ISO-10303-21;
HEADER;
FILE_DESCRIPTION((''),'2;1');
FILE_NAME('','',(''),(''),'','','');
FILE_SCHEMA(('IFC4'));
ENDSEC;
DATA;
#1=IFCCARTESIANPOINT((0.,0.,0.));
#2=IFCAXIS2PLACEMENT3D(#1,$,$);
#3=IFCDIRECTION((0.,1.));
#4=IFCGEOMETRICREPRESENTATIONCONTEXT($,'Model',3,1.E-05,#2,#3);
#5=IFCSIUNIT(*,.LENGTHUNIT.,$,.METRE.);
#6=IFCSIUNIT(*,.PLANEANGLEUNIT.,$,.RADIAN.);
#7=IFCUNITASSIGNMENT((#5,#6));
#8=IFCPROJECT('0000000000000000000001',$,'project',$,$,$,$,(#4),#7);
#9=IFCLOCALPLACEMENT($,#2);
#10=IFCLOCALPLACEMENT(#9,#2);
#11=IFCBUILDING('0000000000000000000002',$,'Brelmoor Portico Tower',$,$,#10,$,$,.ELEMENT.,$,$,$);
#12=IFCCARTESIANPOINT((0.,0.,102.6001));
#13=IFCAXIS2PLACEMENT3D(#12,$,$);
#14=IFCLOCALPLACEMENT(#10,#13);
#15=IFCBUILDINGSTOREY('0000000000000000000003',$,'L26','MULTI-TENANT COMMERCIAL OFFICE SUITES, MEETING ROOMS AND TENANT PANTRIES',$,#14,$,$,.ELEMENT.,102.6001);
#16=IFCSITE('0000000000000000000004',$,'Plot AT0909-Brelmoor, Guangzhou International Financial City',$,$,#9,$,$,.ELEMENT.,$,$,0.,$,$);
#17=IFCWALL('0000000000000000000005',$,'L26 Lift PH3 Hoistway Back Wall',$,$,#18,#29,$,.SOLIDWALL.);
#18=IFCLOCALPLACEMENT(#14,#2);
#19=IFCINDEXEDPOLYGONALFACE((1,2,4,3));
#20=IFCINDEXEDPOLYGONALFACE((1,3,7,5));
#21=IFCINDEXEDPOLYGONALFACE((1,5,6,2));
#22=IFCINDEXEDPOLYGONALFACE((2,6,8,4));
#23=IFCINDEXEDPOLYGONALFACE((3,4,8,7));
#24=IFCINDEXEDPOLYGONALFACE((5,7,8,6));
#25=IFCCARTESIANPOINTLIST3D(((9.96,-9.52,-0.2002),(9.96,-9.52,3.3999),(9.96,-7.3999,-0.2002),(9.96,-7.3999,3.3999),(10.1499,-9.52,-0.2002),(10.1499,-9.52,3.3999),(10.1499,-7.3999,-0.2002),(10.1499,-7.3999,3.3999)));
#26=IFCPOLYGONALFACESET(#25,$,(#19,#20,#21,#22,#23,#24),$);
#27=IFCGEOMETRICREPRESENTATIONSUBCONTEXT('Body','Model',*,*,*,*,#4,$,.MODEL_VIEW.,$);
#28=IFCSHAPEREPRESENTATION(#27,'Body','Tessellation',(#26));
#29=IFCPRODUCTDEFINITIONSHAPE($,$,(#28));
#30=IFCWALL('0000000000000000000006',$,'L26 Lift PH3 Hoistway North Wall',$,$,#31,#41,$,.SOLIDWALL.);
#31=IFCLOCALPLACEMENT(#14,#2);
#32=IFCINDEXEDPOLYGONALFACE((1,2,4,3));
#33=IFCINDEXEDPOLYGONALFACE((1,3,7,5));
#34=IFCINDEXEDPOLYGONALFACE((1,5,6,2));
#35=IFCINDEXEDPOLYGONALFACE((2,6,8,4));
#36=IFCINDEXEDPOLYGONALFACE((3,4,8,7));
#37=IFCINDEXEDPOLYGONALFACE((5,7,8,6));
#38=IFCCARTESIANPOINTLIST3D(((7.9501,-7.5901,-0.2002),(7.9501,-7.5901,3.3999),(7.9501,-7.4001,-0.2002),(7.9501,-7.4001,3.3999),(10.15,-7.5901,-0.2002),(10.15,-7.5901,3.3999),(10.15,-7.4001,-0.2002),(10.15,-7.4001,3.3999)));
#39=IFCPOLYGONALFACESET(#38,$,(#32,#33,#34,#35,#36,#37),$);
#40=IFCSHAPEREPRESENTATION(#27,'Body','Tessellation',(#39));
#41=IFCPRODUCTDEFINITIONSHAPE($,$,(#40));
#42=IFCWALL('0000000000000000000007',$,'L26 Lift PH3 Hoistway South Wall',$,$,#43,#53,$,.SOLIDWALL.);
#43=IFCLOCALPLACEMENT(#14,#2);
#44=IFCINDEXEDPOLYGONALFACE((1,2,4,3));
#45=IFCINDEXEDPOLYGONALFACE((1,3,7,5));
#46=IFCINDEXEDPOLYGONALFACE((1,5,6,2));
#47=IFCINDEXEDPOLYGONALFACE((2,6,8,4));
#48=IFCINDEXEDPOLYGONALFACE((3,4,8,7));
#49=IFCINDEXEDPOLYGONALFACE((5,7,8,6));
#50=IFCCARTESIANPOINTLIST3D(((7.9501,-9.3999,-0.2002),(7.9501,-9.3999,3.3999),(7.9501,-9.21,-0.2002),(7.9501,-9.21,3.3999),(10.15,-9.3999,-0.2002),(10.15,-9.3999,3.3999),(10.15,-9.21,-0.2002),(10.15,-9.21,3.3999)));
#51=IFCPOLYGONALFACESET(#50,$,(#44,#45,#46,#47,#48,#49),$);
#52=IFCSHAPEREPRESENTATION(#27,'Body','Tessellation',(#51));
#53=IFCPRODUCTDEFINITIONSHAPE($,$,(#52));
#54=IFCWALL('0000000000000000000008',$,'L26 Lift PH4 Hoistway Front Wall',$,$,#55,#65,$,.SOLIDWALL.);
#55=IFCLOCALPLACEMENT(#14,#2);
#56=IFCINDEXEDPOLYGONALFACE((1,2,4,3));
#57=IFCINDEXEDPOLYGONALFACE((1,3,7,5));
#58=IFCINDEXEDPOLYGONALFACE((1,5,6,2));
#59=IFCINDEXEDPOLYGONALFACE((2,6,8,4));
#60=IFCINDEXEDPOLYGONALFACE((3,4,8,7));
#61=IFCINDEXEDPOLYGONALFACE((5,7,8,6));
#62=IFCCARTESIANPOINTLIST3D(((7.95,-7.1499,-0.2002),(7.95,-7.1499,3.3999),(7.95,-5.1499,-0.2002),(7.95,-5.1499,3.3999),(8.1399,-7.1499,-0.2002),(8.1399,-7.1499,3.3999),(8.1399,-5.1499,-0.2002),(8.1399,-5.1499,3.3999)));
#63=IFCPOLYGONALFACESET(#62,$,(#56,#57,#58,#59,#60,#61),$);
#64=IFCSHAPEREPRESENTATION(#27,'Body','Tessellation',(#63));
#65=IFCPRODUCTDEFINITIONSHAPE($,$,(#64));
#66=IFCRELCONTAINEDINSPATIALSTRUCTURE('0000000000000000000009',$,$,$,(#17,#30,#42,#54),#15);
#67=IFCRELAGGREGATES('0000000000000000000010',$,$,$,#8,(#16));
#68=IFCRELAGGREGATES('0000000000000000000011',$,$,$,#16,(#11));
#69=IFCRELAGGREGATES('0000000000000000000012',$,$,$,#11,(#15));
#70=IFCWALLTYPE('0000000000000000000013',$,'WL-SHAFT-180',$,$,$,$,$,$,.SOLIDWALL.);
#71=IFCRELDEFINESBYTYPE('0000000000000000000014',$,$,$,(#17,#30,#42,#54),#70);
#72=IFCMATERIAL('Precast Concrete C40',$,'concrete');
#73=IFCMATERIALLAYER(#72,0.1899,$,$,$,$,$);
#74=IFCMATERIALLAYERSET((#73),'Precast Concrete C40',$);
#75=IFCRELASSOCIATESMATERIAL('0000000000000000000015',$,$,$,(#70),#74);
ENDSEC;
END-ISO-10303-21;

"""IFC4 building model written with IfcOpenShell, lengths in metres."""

from ifc_helpers import new_model, si_unit, direction, frame, frame_2d, origin, place, context, subcontext, project, spatial, rectangle, extrude, material, layer, layer_set, type_object, element, save


model = new_model("IFC4")

# Units and contexts
model_context = context("Model", 3, precision=1e-05, world=origin(), true_north=direction((0.0, 1.0)))
body_context = subcontext(model_context, "Body", "Model", "MODEL_VIEW")
ifc_project = project(units=[si_unit("LENGTHUNIT", "METRE"), si_unit("PLANEANGLEUNIT", "RADIAN")], contexts=[model_context])

# Site, building, storey
site_placement = place(None, origin())
site = spatial("IfcSite", under=ifc_project, at=site_placement, Name="Plot AT0909-Brelmoor, Guangzhou International Financial City", CompositionType="ELEMENT", RefElevation=0.0)
building_placement = place(site_placement, origin())
building = spatial("IfcBuilding", under=site, at=building_placement, Name="Brelmoor Portico Tower", CompositionType="ELEMENT")
storey_placement = place(building_placement, frame((0.0, 0.0, 102.6001)))
storey = spatial("IfcBuildingStorey", under=building, at=storey_placement, Name="L26", Description="MULTI-TENANT COMMERCIAL OFFICE SUITES, MEETING ROOMS AND TENANT PANTRIES", CompositionType="ELEMENT", Elevation=102.6001)

# Walls
ifc_material_1 = material(Name="Precast Concrete C40", Category="concrete")
ifc_layer_1 = layer(ifc_material_1, 0.1899)
ifc_layer_set_1 = layer_set([ifc_layer_1], Name="Precast Concrete C40")
wall_type_1 = type_object("IfcWallType", Name="WL-SHAFT-180", PredefinedType="SOLIDWALL", material=ifc_layer_set_1)
for number, where, z_axis, x_axis, name in (
    (1, (10.0549, -9.52, -0.2002), (0.0, 0.0, 1.0), (0.0, 1.0, 0.0), "L26 Lift PH3 Hoistway Back Wall"),
):
    element("IfcWall", number, at=place(storey_placement, frame(where, z_axis=z_axis, x_axis=x_axis)), inside=storey, type_object=wall_type_1, Name=name, PredefinedType="SOLIDWALL", context=body_context, shape_type="SweptSolid", body=[
        extrude(rectangle(XDim=2.1201, YDim=0.1899, at=frame_2d((1.0601, 0.0))), origin(), (0.0, 0.0, 1.0), 3.6001),
    ])
for number, where, z_axis, x_axis, name in (
    (2, (7.95, -7.4951, -0.2002), (0.0, 0.0, 1.0), (1.0, 0.0, 0.0), "L26 Lift PH3 Hoistway North Wall"),
    (3, (7.95, -9.3049, -0.2002), (0.0, 0.0, 1.0), (1.0, 0.0, 0.0), "L26 Lift PH3 Hoistway South Wall"),
):
    element("IfcWall", number, at=place(storey_placement, frame(where, z_axis=z_axis, x_axis=x_axis)), inside=storey, type_object=wall_type_1, Name=name, PredefinedType="SOLIDWALL", context=body_context, shape_type="SweptSolid", body=[
        extrude(rectangle(XDim=2.2, YDim=0.1899, at=frame_2d((1.1001, 0.0))), origin(), (0.0, 0.0, 1.0), 3.6001),
    ])
wall_1_placement = place(storey_placement, frame((8.0449, -7.1499, -0.2002), z_axis=(0.0, 0.0, 1.0), x_axis=(0.0, 1.0, 0.0)))
element("IfcWall", 4, at=wall_1_placement, inside=storey, type_object=wall_type_1, Name="L26 Lift PH4 Hoistway Front Wall", PredefinedType="SOLIDWALL", context=body_context, shape_type="SweptSolid", body=[
    extrude(rectangle(XDim=2.0, YDim=0.1899, at=frame_2d((1.0, 0.0))), origin(), (0.0, 0.0, 1.0), 3.6001),
])

save(model, "model.ifc")
